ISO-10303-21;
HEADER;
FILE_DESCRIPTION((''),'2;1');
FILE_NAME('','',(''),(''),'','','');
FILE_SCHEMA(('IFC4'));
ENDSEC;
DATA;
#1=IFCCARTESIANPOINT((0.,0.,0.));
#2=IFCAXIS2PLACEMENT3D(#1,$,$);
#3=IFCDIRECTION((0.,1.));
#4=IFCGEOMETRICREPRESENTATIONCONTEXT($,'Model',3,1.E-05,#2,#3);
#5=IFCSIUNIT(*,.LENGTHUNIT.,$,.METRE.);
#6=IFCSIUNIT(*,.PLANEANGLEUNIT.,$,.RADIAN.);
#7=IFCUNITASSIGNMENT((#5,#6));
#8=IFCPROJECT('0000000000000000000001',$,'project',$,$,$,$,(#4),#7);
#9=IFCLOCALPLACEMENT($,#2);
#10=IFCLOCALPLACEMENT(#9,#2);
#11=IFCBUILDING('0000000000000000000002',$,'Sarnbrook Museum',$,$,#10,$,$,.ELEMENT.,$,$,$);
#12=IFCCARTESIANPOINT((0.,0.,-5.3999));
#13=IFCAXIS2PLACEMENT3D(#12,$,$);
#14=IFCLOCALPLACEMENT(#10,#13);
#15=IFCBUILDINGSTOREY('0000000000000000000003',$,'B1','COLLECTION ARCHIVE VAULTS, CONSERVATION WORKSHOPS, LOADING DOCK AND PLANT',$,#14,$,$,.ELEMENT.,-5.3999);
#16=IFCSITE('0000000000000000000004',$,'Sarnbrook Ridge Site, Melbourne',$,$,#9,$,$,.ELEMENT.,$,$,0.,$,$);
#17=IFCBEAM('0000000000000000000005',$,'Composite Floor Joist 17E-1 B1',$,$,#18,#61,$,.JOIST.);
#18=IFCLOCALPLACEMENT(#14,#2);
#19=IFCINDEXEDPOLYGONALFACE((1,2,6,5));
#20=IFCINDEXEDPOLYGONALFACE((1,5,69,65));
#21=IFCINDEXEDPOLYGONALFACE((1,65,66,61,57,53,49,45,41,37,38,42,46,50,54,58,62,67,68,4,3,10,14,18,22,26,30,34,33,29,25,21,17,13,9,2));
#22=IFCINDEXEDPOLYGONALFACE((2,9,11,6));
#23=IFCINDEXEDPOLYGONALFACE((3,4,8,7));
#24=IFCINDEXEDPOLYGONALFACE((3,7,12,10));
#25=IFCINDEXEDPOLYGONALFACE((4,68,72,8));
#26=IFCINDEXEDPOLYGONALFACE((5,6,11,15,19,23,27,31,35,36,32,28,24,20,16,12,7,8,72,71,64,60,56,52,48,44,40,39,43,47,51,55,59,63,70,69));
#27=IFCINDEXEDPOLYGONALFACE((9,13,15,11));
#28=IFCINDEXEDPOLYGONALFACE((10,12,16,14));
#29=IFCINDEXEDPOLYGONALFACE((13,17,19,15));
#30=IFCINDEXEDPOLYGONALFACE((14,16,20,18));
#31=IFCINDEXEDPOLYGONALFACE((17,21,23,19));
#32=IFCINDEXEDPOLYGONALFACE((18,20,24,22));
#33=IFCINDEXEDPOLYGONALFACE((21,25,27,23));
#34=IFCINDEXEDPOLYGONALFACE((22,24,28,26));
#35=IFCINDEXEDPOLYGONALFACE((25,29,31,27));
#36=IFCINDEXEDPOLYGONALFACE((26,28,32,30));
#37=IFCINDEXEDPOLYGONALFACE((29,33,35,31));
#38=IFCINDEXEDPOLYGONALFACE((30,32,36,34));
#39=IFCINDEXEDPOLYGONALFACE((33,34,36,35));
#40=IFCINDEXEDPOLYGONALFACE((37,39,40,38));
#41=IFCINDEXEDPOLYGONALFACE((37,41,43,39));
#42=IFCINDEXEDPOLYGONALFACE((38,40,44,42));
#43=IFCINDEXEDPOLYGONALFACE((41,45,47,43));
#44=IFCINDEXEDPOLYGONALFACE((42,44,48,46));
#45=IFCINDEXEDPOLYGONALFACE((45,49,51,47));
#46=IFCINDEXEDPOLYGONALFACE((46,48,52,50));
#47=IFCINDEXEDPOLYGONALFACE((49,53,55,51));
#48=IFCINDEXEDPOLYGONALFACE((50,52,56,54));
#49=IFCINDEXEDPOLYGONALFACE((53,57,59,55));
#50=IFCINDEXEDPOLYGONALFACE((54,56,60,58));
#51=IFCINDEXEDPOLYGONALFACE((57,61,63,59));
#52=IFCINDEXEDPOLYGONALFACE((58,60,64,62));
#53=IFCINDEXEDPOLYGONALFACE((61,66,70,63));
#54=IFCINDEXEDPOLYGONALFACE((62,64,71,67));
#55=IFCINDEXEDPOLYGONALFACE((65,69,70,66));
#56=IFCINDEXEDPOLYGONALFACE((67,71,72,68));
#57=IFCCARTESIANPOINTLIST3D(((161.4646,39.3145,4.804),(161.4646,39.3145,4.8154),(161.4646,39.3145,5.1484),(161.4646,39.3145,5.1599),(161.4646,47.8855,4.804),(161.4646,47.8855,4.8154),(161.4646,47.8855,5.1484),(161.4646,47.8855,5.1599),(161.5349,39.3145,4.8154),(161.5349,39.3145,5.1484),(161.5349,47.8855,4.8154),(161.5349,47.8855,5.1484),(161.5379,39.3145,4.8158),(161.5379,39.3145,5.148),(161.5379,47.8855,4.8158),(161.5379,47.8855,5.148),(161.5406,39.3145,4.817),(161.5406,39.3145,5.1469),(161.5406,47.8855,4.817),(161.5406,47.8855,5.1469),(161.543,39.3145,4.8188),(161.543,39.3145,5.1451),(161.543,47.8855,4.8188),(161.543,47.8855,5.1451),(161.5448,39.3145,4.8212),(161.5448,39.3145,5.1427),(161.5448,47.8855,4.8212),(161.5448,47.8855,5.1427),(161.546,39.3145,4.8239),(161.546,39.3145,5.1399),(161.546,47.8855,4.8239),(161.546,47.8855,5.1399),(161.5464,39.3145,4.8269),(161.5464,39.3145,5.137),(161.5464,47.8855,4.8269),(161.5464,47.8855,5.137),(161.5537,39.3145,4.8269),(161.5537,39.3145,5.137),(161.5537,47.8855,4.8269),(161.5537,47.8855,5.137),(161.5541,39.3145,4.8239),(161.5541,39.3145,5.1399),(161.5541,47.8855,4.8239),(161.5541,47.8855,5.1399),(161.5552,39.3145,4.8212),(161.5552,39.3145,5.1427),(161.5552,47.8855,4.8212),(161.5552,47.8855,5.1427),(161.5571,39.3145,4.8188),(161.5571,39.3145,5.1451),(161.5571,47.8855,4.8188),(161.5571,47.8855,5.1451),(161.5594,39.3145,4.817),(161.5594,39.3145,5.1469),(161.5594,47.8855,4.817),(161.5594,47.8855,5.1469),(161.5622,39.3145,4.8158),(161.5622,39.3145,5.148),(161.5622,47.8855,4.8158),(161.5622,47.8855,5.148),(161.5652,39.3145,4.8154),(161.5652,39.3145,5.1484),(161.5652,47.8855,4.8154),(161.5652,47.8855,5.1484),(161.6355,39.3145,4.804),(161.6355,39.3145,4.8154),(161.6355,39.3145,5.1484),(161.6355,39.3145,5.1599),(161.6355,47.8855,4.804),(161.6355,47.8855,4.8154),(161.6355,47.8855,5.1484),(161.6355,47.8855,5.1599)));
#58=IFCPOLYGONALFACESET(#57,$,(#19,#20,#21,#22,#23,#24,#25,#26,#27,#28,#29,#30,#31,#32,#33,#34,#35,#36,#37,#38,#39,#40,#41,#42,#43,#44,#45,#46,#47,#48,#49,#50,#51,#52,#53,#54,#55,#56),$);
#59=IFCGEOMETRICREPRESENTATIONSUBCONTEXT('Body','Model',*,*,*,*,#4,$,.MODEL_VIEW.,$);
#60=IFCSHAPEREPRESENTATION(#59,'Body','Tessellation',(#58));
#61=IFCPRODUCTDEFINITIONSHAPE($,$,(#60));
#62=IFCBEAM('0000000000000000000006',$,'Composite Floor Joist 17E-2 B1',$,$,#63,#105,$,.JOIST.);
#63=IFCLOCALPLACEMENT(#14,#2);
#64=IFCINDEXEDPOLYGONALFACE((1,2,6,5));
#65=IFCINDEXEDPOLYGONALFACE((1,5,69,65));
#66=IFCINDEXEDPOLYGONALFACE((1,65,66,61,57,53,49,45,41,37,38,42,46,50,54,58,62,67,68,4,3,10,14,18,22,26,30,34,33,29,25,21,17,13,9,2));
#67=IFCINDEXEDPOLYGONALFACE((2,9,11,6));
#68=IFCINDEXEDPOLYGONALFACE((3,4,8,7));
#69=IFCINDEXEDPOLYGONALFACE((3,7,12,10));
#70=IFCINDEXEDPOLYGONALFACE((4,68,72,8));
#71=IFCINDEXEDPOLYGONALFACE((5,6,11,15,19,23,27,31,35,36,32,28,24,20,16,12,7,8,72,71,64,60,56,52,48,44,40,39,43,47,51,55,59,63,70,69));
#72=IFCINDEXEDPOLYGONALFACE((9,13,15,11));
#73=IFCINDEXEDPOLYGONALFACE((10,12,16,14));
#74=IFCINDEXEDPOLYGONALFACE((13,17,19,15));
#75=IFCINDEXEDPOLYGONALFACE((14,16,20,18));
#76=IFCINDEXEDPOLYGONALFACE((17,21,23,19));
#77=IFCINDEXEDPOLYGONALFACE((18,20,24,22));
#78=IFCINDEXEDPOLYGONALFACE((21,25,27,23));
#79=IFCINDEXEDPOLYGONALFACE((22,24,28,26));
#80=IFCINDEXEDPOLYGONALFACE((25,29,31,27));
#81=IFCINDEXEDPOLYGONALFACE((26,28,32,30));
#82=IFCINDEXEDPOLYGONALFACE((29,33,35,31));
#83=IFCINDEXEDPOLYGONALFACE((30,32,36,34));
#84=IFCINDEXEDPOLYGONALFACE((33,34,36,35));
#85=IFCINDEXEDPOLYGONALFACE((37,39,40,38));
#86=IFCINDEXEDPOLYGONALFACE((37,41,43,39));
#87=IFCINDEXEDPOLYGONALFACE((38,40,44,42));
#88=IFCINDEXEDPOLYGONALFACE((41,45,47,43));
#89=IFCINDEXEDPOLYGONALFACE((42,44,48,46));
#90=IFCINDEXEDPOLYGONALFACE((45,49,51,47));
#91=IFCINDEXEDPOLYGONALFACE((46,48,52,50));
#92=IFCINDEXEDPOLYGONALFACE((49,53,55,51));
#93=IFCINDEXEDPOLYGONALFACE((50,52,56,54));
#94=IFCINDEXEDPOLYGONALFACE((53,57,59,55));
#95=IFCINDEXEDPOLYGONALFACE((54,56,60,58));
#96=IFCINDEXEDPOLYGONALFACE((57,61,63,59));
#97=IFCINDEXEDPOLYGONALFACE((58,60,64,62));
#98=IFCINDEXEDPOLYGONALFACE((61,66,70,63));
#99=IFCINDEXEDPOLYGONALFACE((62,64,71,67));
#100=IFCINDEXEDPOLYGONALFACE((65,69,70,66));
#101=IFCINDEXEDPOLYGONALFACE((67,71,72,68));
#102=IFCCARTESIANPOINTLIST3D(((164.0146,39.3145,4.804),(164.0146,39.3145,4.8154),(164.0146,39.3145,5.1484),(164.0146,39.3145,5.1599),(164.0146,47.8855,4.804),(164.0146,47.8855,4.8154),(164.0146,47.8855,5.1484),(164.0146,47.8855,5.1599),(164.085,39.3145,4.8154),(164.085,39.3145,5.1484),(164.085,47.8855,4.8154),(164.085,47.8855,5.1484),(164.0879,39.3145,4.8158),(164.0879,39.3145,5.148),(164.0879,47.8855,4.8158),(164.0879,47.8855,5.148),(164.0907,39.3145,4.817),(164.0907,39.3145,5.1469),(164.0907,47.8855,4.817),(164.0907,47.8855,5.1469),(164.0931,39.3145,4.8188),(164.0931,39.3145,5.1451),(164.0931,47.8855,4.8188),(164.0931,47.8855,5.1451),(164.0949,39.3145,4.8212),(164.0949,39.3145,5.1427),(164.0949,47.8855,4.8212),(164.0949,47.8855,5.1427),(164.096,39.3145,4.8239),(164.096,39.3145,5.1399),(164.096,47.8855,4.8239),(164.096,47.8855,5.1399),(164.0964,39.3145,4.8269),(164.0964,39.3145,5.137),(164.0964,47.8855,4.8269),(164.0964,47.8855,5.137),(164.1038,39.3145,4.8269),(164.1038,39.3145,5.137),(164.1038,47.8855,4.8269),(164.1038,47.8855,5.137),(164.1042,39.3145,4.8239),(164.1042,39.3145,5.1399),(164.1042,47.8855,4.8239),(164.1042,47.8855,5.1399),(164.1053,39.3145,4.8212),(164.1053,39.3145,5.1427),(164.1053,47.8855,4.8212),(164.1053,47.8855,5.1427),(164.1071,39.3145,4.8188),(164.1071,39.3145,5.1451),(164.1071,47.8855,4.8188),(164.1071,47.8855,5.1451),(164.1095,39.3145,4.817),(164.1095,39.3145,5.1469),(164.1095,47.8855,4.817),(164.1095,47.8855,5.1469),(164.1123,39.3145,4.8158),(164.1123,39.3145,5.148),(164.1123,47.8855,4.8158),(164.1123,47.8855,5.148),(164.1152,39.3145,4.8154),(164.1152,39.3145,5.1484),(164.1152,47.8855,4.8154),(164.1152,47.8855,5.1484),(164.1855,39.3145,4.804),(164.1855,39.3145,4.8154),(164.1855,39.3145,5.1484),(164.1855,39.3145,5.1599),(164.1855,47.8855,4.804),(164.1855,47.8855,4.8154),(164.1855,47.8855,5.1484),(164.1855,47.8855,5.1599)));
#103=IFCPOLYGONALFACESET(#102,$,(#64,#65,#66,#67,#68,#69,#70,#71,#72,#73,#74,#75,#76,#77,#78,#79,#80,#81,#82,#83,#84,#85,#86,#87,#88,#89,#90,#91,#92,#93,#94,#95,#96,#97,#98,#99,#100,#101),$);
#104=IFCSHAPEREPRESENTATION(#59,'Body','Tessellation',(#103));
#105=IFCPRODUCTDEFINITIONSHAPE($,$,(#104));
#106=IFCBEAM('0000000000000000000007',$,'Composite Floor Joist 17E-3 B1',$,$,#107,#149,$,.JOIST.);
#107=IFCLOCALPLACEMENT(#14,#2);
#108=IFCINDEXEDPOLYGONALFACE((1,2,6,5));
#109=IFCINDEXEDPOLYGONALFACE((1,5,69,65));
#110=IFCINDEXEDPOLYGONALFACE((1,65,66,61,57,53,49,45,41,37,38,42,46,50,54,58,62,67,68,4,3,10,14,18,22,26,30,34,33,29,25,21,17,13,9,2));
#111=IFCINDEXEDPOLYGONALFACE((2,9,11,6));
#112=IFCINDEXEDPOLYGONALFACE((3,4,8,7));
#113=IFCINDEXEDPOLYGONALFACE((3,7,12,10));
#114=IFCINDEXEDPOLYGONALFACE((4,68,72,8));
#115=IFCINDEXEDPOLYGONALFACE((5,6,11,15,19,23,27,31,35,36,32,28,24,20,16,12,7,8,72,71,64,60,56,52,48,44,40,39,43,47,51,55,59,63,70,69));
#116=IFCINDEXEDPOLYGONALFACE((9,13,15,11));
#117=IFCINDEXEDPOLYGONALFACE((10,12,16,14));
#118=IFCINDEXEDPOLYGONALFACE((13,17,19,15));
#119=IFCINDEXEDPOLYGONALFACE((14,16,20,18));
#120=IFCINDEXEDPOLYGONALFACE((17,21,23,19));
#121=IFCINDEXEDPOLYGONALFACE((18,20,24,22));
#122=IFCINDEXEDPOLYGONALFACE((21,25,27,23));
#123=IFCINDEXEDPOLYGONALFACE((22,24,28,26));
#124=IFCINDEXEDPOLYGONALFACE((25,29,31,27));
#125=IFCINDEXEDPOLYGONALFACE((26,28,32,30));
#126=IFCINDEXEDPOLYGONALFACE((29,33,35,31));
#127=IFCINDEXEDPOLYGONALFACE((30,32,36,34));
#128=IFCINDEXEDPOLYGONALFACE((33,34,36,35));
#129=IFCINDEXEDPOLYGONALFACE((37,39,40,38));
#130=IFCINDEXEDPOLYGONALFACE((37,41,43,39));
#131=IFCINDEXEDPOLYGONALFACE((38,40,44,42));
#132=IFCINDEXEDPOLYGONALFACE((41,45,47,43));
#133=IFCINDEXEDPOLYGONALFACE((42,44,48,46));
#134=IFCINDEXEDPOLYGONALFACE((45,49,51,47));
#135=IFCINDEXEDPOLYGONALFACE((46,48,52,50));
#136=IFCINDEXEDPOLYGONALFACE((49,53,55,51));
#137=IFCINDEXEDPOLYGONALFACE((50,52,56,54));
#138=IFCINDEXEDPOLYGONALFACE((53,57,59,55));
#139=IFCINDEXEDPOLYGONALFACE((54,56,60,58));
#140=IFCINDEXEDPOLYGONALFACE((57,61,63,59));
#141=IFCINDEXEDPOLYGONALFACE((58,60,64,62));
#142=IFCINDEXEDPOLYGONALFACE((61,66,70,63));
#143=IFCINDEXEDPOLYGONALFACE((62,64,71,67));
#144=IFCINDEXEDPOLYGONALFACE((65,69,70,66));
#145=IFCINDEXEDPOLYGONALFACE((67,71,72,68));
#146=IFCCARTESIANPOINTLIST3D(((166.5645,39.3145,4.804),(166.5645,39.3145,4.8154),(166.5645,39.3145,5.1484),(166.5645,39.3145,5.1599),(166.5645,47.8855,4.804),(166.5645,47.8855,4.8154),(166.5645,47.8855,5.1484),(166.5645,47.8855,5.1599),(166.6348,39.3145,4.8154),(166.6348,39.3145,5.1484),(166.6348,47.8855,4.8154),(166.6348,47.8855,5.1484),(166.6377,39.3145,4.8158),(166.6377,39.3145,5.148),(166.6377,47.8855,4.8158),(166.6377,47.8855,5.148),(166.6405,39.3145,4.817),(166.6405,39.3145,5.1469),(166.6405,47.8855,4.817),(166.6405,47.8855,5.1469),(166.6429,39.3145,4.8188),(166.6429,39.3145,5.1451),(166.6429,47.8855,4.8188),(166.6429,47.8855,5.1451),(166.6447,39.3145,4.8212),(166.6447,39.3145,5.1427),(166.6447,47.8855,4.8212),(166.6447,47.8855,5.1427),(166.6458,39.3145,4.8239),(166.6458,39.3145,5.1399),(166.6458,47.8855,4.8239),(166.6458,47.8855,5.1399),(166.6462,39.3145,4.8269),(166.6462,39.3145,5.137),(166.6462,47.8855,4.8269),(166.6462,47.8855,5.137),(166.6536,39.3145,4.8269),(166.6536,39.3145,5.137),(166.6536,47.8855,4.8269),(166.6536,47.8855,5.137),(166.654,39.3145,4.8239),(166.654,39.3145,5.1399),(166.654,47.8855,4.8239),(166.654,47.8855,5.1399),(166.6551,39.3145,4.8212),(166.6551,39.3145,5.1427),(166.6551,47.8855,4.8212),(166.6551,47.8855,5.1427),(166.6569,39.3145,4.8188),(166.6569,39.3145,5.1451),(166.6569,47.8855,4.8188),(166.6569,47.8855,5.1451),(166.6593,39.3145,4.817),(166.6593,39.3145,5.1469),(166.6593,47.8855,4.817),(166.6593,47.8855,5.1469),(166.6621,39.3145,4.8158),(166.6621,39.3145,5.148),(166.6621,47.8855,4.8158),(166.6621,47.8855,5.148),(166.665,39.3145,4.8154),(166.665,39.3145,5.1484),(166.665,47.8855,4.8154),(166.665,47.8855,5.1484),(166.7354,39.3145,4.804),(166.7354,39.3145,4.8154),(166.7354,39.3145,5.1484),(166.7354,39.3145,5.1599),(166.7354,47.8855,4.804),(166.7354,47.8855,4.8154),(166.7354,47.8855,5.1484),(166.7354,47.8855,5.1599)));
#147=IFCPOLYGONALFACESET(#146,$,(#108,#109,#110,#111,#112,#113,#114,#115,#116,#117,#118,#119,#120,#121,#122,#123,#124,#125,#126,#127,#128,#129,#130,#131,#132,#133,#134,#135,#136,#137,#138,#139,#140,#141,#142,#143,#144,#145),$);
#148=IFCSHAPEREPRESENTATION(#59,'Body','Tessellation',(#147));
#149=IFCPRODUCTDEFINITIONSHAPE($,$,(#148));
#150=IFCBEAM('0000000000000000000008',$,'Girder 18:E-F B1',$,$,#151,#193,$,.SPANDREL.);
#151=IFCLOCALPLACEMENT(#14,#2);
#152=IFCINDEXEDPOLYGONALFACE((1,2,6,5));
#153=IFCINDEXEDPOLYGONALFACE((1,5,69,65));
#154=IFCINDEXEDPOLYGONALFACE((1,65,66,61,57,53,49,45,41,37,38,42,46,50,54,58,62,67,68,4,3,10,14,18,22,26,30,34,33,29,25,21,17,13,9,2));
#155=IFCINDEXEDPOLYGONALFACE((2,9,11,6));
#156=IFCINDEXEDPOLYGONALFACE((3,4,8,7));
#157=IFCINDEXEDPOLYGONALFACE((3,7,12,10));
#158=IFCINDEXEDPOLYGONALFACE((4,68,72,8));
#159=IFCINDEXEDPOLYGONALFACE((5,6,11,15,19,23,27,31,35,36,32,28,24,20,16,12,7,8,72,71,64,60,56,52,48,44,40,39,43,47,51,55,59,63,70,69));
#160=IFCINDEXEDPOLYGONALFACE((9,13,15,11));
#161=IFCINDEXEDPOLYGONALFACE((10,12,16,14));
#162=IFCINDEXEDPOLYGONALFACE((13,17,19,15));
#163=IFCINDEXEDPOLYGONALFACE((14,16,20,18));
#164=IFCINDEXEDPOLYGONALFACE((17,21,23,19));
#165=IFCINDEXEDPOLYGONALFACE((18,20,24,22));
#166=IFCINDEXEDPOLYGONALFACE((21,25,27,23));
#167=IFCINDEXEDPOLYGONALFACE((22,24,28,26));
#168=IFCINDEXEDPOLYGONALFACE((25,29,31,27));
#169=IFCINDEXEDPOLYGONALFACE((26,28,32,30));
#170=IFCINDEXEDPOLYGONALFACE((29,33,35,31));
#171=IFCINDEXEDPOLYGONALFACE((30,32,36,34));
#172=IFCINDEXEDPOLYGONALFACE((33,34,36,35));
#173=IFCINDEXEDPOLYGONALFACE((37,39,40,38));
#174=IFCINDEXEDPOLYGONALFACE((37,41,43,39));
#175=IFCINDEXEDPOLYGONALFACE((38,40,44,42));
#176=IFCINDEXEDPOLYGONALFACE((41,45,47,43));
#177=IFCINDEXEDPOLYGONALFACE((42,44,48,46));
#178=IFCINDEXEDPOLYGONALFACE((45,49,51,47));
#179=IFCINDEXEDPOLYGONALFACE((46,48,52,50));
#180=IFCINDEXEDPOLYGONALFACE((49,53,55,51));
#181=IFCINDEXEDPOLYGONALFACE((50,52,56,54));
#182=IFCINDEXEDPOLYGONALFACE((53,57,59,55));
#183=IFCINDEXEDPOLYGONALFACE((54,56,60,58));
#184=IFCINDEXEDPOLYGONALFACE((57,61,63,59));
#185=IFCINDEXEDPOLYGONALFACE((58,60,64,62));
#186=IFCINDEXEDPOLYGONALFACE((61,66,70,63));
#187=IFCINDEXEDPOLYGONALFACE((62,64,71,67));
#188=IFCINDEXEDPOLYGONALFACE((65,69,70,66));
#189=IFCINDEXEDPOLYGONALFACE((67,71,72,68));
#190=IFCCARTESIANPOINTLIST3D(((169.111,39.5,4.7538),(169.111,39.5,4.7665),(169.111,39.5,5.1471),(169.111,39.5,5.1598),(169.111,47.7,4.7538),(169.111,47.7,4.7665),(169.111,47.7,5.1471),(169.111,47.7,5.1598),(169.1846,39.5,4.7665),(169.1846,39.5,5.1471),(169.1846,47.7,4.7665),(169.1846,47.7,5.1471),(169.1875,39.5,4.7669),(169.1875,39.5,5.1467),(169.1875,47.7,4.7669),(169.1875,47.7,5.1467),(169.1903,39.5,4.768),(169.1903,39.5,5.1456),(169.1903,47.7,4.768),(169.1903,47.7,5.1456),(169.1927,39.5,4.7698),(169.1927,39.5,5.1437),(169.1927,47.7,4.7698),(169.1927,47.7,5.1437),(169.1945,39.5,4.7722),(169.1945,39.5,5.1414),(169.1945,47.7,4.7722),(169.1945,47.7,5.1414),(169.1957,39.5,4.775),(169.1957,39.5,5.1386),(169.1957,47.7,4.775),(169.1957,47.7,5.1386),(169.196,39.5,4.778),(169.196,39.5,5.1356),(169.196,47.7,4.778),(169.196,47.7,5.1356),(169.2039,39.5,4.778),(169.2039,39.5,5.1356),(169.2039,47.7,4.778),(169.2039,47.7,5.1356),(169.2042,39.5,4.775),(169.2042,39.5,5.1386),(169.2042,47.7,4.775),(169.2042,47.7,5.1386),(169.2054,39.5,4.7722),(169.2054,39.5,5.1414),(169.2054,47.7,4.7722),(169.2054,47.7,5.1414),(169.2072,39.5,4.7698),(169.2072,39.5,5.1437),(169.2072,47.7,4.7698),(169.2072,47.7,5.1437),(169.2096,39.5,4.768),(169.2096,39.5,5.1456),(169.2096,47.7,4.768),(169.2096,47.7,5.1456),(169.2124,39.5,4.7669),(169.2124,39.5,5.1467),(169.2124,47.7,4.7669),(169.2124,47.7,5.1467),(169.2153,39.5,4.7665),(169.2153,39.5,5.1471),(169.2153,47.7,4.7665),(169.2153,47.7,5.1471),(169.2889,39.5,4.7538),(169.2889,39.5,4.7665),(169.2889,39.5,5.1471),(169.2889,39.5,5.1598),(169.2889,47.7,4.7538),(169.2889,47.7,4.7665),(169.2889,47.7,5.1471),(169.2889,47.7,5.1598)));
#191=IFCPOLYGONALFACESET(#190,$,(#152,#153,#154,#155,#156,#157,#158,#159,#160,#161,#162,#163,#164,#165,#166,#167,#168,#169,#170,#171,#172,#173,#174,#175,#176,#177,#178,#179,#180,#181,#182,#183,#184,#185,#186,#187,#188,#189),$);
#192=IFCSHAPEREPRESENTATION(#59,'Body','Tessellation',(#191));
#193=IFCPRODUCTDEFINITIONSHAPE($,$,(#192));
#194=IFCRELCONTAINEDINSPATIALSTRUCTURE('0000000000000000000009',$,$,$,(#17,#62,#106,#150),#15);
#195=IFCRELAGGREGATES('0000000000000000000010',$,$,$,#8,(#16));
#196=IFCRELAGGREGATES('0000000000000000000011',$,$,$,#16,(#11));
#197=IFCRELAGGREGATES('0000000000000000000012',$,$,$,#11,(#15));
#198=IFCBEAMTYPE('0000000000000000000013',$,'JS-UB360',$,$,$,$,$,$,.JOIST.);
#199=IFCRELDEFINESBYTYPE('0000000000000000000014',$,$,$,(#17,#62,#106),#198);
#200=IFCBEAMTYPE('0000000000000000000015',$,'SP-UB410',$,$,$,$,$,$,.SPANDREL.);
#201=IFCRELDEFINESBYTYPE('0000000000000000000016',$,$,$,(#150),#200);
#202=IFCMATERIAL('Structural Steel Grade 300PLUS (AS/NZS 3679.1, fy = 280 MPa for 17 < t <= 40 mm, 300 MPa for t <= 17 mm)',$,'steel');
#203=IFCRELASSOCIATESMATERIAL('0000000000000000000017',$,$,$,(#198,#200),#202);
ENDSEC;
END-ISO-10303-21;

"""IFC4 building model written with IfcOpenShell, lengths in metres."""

from ifc_helpers import new_model, si_unit, direction, frame, origin, origin_2d, place, context, subcontext, project, spatial, i_section, extrude, material, material_profile, profile_set, type_object, element, save


model = new_model("IFC4")

# Units and contexts
model_context = context("Model", 3, precision=1e-05, world=origin(), true_north=direction((0.0, 1.0)))
body_context = subcontext(model_context, "Body", "Model", "MODEL_VIEW")
ifc_project = project(units=[si_unit("LENGTHUNIT", "METRE"), si_unit("PLANEANGLEUNIT", "RADIAN")], contexts=[model_context])

# Site, building, storey
site_placement = place(None, origin())
site = spatial("IfcSite", under=ifc_project, at=site_placement, Name="Sarnbrook Ridge Site, Melbourne", CompositionType="ELEMENT", RefElevation=0.0)
building_placement = place(site_placement, origin())
building = spatial("IfcBuilding", under=site, at=building_placement, Name="Sarnbrook Museum", CompositionType="ELEMENT")
storey_placement = place(building_placement, frame((0.0, 0.0, -5.3999)))
storey = spatial("IfcBuildingStorey", under=building, at=storey_placement, Name="B1", Description="COLLECTION ARCHIVE VAULTS, CONSERVATION WORKSHOPS, LOADING DOCK AND PLANT", CompositionType="ELEMENT", Elevation=-5.3999)

# Beams
ifc_material_1 = material(Name="Structural Steel Grade 300PLUS (AS/NZS 3679.1, fy = 280 MPa for 17 < t <= 40 mm, 300 MPa for t <= 17 mm)", Category="steel")
ifc_material_profile_1 = material_profile(ifc_material_1, i_section(OverallWidth=0.1709, OverallDepth=0.356, WebThickness=0.0073, FlangeThickness=0.0115, FilletRadius=0.0115, at=origin_2d()), Name="360UB50.7")
ifc_profile_set_1 = profile_set([ifc_material_profile_1], Name="Structural Steel Grade 300PLUS (AS/NZS 3679.1, fy = 280 MPa for 17 < t <= 40 mm, 300 MPa for t <= 17 mm)")
beam_type_1 = type_object("IfcBeamType", Name="JS-UB360", PredefinedType="JOIST", material=ifc_profile_set_1)
for number, where, z_axis, x_axis, name in (
    (1, (161.55, 39.3145, 4.9819), (0.0, 1.0, 0.0), (-1.0, 0.0, 0.0), "Composite Floor Joist 17E-1 B1"),
    (2, (164.1001, 39.3145, 4.9819), (0.0, 1.0, 0.0), (-1.0, 0.0, 0.0), "Composite Floor Joist 17E-2 B1"),
    (3, (166.6499, 39.3145, 4.9819), (0.0, 1.0, 0.0), (-1.0, 0.0, 0.0), "Composite Floor Joist 17E-3 B1"),
):
    element("IfcBeam", number, at=place(storey_placement, frame(where, z_axis=z_axis, x_axis=x_axis)), inside=storey, type_object=beam_type_1, Name=name, PredefinedType="JOIST", context=body_context, shape_type="SweptSolid", body=[
        extrude(i_section(OverallWidth=0.1709, OverallDepth=0.356, WebThickness=0.0073, FlangeThickness=0.0115, FilletRadius=0.0115, at=origin_2d()), origin(), (0.0, 0.0, 1.0), 8.571),
    ])
ifc_material_profile_2 = material_profile(ifc_material_1, i_section(OverallWidth=0.178, OverallDepth=0.406, WebThickness=0.0078, FlangeThickness=0.0127, FilletRadius=0.0115, at=origin_2d()), Name="410UB59.7")
ifc_profile_set_2 = profile_set([ifc_material_profile_2], Name="Structural Steel Grade 300PLUS (AS/NZS 3679.1, fy = 280 MPa for 17 < t <= 40 mm, 300 MPa for t <= 17 mm)")
beam_type_2 = type_object("IfcBeamType", Name="SP-UB410", PredefinedType="SPANDREL", material=ifc_profile_set_2)
beam_1_placement = place(storey_placement, frame((169.2, 39.5, 4.9568), z_axis=(0.0, 1.0, 0.0), x_axis=(-1.0, 0.0, 0.0)))
element("IfcBeam", 4, at=beam_1_placement, inside=storey, type_object=beam_type_2, Name="Girder 18:E-F B1", PredefinedType="SPANDREL", context=body_context, shape_type="SweptSolid", body=[
    extrude(i_section(OverallWidth=0.178, OverallDepth=0.406, WebThickness=0.0078, FlangeThickness=0.0127, FilletRadius=0.0115, at=origin_2d()), origin(), (0.0, 0.0, 1.0), 8.2),
])

save(model, "model.ifc")
